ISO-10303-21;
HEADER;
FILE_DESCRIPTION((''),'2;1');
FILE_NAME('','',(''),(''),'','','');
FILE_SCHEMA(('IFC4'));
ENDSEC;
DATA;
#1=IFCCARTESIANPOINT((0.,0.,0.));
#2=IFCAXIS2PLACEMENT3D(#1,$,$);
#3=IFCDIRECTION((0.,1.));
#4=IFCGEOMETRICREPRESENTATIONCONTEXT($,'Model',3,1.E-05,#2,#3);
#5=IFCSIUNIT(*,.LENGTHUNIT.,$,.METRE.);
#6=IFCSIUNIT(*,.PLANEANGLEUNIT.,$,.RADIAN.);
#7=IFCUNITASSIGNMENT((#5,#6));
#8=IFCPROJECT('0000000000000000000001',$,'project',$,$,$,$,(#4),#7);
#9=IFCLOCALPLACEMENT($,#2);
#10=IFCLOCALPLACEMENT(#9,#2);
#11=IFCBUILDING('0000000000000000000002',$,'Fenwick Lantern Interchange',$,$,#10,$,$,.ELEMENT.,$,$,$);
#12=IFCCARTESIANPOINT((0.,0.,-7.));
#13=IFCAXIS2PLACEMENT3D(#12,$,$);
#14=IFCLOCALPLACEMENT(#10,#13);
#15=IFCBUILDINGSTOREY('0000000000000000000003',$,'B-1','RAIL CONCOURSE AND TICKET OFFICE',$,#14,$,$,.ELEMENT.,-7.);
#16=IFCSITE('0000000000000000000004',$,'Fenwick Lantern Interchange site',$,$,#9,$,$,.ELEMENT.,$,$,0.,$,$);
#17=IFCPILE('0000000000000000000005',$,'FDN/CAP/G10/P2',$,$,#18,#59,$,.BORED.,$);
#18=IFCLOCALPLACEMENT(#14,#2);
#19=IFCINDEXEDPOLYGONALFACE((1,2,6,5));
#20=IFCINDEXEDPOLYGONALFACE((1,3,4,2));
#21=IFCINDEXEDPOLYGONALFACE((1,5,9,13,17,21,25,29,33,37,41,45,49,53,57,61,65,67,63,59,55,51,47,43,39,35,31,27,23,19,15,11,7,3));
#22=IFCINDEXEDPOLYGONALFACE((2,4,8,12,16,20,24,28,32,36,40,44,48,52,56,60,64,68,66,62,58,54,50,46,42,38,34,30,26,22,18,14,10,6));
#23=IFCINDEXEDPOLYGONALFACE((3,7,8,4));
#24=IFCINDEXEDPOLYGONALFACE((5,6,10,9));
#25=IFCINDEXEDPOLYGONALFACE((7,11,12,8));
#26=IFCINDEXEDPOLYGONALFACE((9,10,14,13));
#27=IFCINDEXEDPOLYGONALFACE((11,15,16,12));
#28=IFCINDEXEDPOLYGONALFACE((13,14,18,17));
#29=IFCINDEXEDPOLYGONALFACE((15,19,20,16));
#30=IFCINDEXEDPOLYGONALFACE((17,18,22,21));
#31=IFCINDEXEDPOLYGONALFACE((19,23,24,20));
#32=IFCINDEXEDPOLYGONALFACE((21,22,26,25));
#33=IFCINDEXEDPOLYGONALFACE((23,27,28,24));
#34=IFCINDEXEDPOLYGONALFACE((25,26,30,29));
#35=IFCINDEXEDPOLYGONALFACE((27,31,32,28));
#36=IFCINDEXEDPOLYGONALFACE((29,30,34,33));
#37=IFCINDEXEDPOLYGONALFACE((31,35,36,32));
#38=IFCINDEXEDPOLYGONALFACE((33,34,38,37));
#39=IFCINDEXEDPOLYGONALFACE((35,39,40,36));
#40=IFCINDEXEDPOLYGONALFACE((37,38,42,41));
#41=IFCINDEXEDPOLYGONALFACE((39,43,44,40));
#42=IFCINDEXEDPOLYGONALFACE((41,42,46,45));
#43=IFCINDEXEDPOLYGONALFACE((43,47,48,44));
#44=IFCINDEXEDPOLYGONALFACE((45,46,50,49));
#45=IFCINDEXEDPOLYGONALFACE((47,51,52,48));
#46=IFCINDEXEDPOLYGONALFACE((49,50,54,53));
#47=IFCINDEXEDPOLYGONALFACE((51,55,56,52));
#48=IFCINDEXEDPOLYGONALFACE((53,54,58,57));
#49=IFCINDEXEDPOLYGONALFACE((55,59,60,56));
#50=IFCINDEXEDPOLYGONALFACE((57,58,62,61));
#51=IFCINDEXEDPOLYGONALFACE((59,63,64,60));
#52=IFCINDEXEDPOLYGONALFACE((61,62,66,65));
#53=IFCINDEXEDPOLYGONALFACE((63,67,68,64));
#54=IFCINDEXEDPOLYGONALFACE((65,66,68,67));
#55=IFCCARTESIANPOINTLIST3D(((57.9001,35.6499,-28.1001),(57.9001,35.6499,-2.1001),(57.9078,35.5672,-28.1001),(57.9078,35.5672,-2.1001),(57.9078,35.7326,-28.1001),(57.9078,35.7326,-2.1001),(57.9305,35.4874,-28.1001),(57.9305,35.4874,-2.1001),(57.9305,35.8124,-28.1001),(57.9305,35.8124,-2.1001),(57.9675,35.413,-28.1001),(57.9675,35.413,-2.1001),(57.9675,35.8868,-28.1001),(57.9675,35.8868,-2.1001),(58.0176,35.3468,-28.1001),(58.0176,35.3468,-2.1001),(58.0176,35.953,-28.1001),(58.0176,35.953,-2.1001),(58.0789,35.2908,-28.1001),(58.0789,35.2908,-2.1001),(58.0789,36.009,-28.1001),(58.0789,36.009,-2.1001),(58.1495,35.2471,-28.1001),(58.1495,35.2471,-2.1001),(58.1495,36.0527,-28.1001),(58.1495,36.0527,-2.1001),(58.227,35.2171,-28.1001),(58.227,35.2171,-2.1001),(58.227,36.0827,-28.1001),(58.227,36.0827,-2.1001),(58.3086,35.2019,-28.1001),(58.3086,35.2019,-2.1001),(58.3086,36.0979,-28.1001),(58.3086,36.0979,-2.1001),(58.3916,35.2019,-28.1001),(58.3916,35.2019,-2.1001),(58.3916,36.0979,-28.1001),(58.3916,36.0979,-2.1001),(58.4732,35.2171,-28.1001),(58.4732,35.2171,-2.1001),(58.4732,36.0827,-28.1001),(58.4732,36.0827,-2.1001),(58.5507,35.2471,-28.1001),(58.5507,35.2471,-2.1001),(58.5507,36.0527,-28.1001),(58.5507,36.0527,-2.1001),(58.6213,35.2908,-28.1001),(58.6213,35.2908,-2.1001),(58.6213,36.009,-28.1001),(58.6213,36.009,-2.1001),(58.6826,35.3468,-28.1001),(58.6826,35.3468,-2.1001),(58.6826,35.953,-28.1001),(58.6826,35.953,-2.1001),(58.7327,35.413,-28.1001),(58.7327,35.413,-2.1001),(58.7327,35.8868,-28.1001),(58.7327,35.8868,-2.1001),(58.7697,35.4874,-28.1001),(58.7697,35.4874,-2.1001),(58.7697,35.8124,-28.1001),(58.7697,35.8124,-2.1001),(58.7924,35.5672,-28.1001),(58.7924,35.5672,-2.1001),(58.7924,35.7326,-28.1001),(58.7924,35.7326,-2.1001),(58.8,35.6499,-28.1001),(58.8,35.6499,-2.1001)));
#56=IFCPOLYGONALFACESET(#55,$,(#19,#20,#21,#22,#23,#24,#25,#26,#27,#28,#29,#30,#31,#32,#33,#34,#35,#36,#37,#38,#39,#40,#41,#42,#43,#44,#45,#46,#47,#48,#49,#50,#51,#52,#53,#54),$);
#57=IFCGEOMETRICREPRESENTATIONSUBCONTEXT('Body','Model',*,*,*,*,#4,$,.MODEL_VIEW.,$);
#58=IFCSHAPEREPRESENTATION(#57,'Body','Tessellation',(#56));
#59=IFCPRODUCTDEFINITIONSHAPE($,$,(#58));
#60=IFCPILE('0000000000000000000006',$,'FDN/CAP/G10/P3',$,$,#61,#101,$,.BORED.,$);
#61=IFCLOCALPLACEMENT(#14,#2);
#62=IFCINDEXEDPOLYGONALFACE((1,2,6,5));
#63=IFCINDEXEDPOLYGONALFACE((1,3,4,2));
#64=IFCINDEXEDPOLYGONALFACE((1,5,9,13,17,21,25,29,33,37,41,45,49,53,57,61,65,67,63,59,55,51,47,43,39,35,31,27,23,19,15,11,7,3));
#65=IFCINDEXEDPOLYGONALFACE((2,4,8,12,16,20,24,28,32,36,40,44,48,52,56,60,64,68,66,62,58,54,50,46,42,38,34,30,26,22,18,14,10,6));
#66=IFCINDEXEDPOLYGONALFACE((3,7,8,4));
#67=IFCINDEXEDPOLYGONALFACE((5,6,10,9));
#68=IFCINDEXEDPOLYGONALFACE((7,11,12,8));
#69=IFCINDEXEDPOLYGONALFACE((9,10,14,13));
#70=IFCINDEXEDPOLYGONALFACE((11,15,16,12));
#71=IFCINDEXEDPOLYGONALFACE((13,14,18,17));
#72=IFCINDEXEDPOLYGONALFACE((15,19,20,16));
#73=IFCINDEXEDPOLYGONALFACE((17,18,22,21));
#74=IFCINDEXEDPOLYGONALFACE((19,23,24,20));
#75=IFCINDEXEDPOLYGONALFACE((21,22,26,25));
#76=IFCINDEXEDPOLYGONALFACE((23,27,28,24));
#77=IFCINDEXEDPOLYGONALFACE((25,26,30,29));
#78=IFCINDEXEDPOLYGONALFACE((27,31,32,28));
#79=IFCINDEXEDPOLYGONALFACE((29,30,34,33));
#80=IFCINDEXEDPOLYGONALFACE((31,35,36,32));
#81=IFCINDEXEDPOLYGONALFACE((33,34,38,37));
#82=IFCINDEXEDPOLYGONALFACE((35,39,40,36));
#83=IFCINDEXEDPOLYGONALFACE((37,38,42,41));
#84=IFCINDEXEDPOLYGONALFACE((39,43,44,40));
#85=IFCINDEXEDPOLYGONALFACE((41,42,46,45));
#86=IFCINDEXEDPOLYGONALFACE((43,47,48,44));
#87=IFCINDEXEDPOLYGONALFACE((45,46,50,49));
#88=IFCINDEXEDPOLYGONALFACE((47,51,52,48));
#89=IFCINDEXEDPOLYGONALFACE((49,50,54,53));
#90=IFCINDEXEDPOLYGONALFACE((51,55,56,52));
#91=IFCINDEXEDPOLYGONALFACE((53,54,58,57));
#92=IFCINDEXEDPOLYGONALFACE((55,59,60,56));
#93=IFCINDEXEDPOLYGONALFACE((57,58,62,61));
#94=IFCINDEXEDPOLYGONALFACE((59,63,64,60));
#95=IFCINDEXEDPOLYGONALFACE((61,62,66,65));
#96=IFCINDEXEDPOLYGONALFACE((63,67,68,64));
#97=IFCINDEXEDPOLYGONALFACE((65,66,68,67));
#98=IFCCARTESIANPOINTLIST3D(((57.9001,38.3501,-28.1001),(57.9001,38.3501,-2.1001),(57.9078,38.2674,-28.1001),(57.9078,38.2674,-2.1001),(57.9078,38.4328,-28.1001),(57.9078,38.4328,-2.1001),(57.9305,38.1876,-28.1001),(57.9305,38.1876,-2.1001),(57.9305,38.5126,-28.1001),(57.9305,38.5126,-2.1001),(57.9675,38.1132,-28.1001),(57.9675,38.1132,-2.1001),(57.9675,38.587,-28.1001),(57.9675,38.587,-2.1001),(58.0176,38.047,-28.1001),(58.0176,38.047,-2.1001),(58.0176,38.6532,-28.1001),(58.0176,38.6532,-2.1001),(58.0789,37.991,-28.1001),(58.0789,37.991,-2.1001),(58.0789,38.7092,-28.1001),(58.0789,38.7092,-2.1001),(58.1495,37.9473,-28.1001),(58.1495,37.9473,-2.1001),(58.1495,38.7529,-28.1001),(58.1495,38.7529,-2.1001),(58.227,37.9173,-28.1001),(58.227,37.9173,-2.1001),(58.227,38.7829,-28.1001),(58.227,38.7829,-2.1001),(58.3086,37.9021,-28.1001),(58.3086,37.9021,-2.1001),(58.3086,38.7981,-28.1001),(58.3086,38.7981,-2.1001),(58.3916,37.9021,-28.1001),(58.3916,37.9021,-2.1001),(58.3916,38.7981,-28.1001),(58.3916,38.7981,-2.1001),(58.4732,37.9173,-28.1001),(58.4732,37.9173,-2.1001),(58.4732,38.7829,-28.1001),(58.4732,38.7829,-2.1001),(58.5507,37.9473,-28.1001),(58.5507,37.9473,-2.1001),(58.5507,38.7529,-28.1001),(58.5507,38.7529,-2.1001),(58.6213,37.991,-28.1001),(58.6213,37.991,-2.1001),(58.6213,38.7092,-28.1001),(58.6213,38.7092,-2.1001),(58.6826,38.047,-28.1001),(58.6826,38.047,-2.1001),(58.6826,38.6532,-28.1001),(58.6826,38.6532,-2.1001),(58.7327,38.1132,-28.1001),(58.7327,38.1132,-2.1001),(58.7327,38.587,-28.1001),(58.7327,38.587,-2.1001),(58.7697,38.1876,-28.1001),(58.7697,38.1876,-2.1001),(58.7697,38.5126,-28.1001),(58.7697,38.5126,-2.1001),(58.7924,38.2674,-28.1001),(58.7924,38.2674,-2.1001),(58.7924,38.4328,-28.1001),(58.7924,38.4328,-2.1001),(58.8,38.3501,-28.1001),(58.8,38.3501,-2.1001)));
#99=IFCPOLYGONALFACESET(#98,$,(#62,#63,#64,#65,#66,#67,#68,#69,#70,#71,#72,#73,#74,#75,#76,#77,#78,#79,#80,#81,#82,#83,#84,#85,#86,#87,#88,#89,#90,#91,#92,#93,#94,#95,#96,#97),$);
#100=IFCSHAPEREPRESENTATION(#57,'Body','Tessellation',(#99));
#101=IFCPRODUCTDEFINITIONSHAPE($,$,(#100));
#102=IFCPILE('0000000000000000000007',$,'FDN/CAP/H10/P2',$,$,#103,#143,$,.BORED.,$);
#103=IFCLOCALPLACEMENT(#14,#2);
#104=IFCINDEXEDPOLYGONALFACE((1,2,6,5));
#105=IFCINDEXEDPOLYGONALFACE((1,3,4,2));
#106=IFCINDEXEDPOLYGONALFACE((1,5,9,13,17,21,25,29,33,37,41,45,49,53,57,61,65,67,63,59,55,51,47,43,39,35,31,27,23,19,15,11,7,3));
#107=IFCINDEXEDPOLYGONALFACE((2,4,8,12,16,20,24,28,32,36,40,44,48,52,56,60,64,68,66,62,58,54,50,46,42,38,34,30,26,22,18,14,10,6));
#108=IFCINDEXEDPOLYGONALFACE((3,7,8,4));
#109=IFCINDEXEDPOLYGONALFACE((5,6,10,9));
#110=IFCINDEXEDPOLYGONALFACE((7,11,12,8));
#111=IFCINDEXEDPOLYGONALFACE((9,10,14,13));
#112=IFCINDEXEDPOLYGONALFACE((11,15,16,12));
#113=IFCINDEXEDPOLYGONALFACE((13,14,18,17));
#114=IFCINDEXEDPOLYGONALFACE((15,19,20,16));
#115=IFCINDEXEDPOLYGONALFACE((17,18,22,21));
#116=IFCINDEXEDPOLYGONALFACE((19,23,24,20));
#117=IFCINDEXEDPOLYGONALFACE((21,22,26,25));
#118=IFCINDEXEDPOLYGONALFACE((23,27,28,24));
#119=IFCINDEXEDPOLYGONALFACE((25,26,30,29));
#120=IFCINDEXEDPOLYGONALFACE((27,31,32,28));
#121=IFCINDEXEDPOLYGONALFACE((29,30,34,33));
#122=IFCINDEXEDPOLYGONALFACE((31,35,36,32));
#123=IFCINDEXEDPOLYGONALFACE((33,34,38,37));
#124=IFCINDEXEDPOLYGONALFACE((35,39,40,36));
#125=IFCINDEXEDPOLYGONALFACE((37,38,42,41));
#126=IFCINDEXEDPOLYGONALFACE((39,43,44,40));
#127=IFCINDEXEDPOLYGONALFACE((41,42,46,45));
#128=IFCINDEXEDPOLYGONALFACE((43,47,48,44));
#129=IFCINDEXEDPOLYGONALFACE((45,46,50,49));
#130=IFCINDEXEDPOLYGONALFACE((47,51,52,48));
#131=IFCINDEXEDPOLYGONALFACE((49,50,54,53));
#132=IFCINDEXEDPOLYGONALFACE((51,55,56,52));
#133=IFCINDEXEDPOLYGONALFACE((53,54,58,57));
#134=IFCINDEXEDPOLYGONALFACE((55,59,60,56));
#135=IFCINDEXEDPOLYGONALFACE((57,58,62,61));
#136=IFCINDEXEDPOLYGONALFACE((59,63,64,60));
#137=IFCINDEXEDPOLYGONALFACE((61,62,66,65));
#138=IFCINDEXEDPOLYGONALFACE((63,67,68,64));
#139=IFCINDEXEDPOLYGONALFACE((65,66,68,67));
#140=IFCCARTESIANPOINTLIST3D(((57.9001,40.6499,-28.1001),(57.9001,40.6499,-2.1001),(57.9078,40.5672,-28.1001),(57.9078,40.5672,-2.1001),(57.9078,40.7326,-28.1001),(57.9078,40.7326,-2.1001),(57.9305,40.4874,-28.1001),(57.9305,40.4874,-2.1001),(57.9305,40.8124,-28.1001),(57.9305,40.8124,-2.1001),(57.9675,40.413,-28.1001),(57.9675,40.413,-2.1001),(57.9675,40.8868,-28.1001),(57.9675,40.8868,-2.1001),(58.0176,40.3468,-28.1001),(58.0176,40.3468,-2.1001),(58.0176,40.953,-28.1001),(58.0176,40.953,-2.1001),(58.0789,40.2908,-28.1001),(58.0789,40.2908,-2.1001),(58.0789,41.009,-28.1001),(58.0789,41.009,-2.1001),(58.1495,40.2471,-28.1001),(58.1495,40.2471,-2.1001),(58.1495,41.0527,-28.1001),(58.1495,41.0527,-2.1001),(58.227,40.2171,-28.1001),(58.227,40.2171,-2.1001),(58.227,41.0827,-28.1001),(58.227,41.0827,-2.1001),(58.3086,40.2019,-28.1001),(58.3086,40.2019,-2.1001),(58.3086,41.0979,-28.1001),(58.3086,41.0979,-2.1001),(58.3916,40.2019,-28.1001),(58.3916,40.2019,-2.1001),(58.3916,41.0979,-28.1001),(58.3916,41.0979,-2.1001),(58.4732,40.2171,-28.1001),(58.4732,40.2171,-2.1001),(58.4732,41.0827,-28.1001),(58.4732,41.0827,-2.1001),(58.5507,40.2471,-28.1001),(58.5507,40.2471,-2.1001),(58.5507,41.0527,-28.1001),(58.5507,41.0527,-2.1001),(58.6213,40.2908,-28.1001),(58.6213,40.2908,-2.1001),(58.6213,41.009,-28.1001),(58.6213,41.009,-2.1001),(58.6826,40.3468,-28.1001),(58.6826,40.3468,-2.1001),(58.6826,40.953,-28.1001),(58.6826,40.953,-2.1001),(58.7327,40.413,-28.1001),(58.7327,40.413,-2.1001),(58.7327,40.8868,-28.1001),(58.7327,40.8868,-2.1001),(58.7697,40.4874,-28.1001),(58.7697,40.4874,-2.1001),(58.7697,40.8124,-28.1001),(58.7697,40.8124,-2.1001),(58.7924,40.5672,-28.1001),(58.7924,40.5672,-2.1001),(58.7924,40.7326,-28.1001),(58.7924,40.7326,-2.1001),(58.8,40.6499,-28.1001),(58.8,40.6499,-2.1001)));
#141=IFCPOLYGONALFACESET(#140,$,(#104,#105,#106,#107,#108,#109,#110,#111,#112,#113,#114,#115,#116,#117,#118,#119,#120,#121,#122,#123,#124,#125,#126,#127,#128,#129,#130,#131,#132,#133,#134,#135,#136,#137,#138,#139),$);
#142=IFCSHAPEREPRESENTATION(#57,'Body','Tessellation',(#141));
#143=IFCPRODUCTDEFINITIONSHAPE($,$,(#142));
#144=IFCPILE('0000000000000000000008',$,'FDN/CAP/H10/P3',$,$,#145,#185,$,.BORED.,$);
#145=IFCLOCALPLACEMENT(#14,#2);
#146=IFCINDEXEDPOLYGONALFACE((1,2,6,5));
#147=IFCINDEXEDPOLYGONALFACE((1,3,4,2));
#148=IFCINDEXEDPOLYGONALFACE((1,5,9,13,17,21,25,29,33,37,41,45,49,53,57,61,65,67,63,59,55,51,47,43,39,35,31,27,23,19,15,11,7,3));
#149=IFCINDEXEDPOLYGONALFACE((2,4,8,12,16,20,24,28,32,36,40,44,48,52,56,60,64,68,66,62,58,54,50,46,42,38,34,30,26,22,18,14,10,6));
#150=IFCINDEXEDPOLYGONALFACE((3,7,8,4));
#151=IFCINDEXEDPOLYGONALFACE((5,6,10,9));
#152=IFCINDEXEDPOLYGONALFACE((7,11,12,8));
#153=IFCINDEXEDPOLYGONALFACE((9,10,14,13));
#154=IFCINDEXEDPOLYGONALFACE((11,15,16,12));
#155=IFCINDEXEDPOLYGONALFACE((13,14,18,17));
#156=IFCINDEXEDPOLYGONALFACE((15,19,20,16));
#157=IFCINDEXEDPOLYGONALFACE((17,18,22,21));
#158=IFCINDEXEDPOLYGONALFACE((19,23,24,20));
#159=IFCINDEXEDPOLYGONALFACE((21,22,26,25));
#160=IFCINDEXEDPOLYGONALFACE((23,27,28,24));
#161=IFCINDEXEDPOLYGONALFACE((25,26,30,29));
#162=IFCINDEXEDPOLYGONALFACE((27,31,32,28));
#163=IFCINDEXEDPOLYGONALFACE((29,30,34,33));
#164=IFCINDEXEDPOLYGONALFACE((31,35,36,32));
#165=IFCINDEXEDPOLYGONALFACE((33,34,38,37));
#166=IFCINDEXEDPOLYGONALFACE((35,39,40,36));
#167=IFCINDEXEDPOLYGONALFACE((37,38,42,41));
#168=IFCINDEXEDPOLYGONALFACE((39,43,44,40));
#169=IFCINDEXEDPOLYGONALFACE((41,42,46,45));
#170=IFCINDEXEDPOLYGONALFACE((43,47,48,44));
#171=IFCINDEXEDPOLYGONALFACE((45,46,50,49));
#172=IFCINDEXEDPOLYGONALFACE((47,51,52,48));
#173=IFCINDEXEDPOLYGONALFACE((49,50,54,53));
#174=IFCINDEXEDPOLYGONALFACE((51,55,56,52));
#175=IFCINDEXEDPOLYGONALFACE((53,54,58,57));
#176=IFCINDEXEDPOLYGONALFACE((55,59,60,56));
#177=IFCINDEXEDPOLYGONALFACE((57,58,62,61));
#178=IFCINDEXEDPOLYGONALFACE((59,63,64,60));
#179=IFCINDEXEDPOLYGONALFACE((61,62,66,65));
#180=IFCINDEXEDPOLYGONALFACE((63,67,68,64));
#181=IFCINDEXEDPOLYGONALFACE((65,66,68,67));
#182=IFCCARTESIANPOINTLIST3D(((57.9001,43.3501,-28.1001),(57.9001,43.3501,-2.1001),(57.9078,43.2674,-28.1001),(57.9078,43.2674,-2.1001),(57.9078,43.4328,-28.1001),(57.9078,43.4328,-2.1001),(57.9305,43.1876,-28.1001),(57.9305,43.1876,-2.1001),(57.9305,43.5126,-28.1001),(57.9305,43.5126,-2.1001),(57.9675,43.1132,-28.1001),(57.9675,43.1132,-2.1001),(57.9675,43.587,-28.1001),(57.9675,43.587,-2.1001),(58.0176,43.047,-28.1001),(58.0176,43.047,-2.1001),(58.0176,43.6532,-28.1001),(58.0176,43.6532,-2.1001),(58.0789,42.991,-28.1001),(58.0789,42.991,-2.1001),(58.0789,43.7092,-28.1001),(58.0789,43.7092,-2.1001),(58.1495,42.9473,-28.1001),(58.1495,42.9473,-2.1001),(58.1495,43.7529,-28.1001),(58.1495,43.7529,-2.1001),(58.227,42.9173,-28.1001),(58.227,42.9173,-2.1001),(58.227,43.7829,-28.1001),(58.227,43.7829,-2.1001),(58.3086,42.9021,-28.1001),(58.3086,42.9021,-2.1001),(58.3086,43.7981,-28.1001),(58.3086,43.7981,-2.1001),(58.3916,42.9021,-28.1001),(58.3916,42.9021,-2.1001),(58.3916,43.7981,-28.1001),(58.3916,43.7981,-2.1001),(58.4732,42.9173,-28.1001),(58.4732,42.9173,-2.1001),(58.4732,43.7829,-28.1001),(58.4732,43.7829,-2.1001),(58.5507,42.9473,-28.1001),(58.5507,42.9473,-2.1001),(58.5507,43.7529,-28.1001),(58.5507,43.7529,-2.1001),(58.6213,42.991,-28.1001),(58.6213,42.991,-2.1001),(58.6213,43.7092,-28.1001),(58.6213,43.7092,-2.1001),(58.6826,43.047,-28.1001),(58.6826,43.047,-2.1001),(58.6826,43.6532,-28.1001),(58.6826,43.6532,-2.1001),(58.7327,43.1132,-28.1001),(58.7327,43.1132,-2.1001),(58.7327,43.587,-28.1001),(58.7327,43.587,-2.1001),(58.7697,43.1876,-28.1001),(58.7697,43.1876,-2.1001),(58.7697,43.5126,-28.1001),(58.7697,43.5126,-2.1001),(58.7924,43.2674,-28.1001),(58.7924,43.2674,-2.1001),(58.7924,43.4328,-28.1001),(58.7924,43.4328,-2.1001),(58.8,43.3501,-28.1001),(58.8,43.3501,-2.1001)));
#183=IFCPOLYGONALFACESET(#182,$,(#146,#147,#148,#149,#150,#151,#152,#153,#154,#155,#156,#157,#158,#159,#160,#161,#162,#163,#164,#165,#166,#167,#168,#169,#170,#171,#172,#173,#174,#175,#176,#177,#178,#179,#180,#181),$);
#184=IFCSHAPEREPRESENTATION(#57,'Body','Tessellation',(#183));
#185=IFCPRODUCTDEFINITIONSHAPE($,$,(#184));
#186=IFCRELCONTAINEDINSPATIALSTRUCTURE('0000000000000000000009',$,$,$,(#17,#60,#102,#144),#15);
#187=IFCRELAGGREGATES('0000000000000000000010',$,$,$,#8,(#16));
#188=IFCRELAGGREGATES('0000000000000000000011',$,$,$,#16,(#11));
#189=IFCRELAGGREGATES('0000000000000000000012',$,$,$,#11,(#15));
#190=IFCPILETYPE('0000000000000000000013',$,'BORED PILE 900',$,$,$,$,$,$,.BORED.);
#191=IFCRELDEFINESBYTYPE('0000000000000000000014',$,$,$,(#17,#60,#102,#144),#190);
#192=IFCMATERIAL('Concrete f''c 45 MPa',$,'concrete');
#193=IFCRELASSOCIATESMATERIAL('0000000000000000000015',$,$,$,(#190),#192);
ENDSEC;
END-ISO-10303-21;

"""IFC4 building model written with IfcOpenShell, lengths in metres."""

from ifc_helpers import new_model, si_unit, direction, frame, origin, origin_2d, place, context, subcontext, project, spatial, circle, extrude, material, type_object, element, save


model = new_model("IFC4")

# Units and contexts
model_context = context("Model", 3, precision=1e-05, world=origin(), true_north=direction((0.0, 1.0)))
body_context = subcontext(model_context, "Body", "Model", "MODEL_VIEW")
ifc_project = project(units=[si_unit("LENGTHUNIT", "METRE"), si_unit("PLANEANGLEUNIT", "RADIAN")], contexts=[model_context])

# Site, building, storey
site_placement = place(None, origin())
site = spatial("IfcSite", under=ifc_project, at=site_placement, Name="Fenwick Lantern Interchange site", CompositionType="ELEMENT", RefElevation=0.0)
building_placement = place(site_placement, origin())
building = spatial("IfcBuilding", under=site, at=building_placement, Name="Fenwick Lantern Interchange", CompositionType="ELEMENT")
storey_placement = place(building_placement, frame((0.0, 0.0, -7.0)))
storey = spatial("IfcBuildingStorey", under=building, at=storey_placement, Name="B-1", Description="RAIL CONCOURSE AND TICKET OFFICE", CompositionType="ELEMENT", Elevation=-7.0)

# Piles
ifc_material_1 = material(Name="Concrete f'c 45 MPa", Category="concrete")
pile_type = type_object("IfcPileType", Name="BORED PILE 900", PredefinedType="BORED", material=ifc_material_1)
for number, where, z_axis, x_axis, name in (
    (1, (58.3501, 35.6499, -2.1001), (0.0, 0.0, -1.0), (1.0, 0.0, 0.0), "FDN/CAP/G10/P2"),
    (2, (58.3501, 38.3501, -2.1001), (0.0, 0.0, -1.0), (1.0, 0.0, 0.0), "FDN/CAP/G10/P3"),
    (3, (58.3501, 40.6499, -2.1001), (0.0, 0.0, -1.0), (1.0, 0.0, 0.0), "FDN/CAP/H10/P2"),
    (4, (58.3501, 43.3501, -2.1001), (0.0, 0.0, -1.0), (1.0, 0.0, 0.0), "FDN/CAP/H10/P3"),
):
    element("IfcPile", number, at=place(storey_placement, frame(where, z_axis=z_axis, x_axis=x_axis)), inside=storey, type_object=pile_type, Name=name, PredefinedType="BORED", context=body_context, shape_type="SweptSolid", body=[
        extrude(circle(Radius=0.45, at=origin_2d()), origin(), (0.0, 0.0, 1.0), 26.0),
    ])

save(model, "model.ifc")
